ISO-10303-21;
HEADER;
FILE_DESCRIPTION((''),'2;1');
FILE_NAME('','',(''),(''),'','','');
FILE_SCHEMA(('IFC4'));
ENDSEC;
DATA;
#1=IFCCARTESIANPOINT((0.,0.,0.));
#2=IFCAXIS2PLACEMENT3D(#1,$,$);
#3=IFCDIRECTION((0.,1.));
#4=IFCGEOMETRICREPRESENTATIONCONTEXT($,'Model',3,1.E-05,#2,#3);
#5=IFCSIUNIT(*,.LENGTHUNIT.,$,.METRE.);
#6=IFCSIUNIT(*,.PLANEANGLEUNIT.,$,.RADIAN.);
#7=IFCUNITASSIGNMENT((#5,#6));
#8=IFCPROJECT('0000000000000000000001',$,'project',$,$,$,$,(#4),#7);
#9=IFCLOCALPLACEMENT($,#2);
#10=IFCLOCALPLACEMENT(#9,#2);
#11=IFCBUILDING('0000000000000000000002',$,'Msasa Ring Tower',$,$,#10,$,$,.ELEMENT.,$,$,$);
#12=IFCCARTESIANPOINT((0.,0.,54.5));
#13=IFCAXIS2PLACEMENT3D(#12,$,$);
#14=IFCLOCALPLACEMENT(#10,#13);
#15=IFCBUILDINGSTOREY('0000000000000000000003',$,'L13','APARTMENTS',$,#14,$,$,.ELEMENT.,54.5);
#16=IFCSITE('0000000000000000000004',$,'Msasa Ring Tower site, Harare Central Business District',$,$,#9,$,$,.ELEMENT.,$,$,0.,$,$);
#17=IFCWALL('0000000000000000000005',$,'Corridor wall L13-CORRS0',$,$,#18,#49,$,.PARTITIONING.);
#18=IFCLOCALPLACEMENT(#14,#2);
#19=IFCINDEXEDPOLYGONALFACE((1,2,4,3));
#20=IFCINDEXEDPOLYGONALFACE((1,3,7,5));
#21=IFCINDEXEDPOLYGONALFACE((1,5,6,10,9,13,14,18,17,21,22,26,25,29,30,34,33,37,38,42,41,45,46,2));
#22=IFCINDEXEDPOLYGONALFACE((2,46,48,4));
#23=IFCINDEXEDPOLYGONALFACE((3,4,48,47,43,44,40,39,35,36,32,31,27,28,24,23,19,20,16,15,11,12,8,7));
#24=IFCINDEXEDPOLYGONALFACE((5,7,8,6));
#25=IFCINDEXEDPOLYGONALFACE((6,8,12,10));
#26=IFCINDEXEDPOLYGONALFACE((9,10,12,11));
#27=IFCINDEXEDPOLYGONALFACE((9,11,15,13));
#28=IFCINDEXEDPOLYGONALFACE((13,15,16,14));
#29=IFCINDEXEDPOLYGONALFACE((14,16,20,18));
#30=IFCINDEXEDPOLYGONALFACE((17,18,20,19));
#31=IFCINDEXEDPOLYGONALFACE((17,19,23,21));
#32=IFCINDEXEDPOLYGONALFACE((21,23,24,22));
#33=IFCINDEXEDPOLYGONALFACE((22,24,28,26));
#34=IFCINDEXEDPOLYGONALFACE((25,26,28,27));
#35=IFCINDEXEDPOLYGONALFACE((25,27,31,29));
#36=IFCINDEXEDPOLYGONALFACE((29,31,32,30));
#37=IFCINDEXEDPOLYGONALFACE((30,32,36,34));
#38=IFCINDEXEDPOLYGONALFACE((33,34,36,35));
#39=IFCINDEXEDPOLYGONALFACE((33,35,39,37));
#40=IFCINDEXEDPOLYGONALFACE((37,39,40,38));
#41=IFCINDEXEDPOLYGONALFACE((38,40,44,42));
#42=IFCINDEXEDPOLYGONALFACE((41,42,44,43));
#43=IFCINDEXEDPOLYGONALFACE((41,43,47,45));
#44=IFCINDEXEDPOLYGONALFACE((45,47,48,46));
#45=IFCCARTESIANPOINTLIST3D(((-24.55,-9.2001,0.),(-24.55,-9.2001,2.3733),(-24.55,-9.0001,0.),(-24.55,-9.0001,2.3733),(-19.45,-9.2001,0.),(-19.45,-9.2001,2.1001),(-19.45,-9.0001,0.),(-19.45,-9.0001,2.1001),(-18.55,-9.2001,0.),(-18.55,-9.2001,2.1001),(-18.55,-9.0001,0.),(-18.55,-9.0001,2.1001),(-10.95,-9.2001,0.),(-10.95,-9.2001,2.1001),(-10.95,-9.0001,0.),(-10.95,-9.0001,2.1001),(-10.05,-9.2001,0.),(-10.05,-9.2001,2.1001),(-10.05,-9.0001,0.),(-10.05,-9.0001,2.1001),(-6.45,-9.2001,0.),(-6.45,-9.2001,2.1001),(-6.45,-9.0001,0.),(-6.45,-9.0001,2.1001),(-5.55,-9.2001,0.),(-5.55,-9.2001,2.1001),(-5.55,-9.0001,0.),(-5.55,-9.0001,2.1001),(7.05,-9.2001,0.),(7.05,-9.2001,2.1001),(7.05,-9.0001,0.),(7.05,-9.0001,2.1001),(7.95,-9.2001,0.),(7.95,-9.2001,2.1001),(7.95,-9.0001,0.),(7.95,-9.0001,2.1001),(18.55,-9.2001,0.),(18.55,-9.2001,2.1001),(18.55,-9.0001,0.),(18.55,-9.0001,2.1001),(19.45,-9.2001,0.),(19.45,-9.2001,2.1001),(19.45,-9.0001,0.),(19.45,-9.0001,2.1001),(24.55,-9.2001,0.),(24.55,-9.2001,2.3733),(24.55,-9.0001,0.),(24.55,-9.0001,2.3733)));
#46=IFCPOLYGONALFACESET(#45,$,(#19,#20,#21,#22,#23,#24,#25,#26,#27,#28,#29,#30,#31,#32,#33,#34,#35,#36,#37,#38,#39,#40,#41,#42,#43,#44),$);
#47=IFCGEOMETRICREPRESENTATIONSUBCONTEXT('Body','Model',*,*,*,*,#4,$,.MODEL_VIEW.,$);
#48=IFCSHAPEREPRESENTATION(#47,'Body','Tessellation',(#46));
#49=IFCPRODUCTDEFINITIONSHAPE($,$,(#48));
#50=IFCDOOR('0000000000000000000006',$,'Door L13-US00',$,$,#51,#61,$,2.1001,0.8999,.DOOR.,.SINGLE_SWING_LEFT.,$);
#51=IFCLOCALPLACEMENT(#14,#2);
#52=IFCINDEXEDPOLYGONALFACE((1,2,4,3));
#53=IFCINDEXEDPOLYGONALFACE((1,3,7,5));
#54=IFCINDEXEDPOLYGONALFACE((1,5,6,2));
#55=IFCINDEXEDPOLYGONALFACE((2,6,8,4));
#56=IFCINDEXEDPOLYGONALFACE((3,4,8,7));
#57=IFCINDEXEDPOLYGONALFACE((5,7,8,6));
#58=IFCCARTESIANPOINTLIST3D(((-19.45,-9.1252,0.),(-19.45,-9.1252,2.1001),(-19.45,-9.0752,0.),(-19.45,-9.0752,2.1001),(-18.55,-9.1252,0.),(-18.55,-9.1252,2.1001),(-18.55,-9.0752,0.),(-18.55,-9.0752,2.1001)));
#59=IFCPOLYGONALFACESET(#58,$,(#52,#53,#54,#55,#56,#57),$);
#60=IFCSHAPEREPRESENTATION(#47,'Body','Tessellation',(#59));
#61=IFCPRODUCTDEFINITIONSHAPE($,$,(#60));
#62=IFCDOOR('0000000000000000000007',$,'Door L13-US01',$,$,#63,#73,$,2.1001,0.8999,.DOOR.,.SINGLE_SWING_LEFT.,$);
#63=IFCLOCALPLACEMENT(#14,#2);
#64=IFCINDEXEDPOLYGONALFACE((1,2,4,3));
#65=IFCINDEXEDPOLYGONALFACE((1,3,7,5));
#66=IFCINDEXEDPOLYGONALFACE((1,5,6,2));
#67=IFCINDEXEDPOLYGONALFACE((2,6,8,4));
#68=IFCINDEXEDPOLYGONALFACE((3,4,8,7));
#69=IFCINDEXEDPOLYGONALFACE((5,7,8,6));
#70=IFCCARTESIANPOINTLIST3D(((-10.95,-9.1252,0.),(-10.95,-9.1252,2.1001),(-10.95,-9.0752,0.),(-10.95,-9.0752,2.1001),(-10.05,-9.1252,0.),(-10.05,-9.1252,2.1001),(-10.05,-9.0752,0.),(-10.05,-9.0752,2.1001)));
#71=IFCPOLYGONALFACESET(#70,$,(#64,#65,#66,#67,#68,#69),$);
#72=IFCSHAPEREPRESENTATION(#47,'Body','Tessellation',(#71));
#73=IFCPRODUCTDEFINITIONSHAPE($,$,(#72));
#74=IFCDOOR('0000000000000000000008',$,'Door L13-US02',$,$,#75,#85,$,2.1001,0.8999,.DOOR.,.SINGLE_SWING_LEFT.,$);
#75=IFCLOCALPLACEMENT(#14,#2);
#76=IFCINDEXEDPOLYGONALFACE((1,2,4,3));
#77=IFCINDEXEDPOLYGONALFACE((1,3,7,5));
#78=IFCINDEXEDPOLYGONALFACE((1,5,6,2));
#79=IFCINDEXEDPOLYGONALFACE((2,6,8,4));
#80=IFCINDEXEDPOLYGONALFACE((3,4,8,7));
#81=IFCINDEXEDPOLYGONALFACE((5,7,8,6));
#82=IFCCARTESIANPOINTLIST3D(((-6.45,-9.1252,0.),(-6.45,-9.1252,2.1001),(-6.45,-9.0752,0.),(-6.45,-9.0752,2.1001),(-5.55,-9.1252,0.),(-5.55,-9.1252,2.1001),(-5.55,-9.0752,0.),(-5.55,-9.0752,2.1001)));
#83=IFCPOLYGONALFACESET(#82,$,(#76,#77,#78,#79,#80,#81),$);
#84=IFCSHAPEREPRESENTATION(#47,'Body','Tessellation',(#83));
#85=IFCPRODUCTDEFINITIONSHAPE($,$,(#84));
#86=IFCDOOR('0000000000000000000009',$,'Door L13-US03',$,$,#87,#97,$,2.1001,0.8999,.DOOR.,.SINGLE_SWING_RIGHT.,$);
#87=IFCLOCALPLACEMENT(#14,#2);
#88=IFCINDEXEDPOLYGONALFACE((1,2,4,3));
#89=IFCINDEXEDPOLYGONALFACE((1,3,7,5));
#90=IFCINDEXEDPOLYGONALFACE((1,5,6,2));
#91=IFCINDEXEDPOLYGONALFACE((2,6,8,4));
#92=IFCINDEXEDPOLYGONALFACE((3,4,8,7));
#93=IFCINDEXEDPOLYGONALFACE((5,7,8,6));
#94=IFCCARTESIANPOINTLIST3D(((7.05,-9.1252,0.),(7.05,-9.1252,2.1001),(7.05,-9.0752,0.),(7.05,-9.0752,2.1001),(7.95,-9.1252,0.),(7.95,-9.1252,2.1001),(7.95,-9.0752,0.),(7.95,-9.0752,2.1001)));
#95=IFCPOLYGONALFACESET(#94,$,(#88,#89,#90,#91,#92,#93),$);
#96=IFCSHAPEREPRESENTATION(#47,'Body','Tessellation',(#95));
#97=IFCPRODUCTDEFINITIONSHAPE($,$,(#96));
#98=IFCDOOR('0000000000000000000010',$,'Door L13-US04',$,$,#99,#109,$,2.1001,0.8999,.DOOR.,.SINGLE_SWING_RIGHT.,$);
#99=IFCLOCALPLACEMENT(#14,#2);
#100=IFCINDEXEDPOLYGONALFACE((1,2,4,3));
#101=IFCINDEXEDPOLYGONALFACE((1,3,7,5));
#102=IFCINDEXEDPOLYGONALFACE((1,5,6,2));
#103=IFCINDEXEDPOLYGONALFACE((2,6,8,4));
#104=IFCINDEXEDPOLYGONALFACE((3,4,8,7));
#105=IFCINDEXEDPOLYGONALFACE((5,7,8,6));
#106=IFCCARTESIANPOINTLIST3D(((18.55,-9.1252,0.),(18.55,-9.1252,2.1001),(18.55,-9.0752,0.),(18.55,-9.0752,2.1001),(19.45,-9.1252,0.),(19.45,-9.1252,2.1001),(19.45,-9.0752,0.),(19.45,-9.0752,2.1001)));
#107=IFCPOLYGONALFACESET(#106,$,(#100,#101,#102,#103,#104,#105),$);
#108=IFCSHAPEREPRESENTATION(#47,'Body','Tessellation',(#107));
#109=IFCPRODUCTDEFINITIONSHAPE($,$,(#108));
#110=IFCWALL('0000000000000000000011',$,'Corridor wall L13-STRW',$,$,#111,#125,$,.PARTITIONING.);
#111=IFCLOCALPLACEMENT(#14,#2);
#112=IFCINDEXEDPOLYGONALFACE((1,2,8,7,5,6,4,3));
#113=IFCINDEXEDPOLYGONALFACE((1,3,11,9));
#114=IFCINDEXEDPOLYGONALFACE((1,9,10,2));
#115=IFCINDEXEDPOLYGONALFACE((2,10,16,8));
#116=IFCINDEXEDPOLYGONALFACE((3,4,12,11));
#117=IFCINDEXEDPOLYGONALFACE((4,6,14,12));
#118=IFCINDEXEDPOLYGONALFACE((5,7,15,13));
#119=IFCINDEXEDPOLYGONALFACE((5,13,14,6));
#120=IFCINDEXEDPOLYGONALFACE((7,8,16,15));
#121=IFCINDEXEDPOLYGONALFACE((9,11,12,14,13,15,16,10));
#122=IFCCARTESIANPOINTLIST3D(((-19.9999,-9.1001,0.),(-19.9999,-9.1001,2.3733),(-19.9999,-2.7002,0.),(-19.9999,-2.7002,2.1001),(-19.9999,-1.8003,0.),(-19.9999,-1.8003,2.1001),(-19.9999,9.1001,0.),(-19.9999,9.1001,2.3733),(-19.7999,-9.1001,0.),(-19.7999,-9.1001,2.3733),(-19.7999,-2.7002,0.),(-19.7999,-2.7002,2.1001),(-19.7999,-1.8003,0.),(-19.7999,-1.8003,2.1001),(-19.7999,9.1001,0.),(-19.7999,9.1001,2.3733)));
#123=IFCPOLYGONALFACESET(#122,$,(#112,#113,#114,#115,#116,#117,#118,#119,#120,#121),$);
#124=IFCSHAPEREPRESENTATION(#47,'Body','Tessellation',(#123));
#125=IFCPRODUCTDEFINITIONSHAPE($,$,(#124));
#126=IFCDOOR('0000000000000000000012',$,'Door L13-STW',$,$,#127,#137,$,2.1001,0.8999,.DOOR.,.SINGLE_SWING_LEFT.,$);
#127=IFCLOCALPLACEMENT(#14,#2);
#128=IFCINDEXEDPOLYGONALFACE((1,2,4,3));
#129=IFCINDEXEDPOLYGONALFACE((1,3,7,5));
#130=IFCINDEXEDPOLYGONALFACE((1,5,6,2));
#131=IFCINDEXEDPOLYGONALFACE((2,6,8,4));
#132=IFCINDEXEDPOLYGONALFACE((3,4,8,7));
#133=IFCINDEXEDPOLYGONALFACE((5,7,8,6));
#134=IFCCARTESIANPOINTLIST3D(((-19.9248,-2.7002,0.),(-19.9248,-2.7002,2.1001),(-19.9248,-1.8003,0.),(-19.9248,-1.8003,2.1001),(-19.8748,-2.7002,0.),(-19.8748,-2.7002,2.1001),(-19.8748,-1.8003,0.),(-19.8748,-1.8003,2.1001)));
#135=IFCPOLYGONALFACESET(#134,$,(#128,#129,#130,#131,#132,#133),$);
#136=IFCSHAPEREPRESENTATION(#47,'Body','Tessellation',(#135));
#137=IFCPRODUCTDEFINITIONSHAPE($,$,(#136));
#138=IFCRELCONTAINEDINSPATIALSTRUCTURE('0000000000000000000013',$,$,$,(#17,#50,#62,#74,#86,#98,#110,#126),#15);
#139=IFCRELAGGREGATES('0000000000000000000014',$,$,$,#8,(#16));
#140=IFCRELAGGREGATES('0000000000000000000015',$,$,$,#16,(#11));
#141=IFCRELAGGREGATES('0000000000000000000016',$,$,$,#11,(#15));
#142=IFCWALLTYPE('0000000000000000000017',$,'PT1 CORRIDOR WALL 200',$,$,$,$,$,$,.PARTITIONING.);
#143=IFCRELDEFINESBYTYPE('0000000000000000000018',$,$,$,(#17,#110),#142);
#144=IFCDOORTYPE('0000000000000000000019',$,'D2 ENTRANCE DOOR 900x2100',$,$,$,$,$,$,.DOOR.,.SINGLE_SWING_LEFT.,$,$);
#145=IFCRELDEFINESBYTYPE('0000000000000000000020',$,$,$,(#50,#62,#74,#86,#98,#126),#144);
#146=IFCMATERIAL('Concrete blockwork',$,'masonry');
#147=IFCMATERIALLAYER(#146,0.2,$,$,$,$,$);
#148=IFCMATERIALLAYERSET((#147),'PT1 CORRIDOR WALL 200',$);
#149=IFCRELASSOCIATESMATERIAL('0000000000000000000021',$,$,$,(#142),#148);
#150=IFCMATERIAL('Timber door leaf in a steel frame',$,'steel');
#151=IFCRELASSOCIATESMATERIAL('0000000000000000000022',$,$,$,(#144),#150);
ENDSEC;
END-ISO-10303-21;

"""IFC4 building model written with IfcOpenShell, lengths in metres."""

from ifc_helpers import new_model, si_unit, direction, frame, frame_2d, origin, place, context, subcontext, project, spatial, rectangle, extrude, material, layer, layer_set, type_object, element, fill, save


model = new_model("IFC4")

# Units and contexts
model_context = context("Model", 3, precision=1e-05, world=origin(), true_north=direction((0.0, 1.0)))
body_context = subcontext(model_context, "Body", "Model", "MODEL_VIEW")
ifc_project = project(units=[si_unit("LENGTHUNIT", "METRE"), si_unit("PLANEANGLEUNIT", "RADIAN")], contexts=[model_context])

# Site, building, storey
site_placement = place(None, origin())
site = spatial("IfcSite", under=ifc_project, at=site_placement, Name="Msasa Ring Tower site, Harare Central Business District", CompositionType="ELEMENT", RefElevation=0.0)
building_placement = place(site_placement, origin())
building = spatial("IfcBuilding", under=site, at=building_placement, Name="Msasa Ring Tower", CompositionType="ELEMENT")
storey_placement = place(building_placement, frame((0.0, 0.0, 54.5)))
storey = spatial("IfcBuildingStorey", under=building, at=storey_placement, Name="L13", Description="APARTMENTS", CompositionType="ELEMENT", Elevation=54.5)

# Wall, openings, doors
ifc_material_1 = material(Name="Concrete blockwork", Category="masonry")
ifc_layer_1 = layer(ifc_material_1, 0.2)
ifc_layer_set_1 = layer_set([ifc_layer_1], Name="PT1 CORRIDOR WALL 200")
wall_type_1 = type_object("IfcWallType", Name="PT1 CORRIDOR WALL 200", PredefinedType="PARTITIONING", material=ifc_layer_set_1)
wall_1_placement = place(storey_placement, frame((-24.55, -9.1001, 0.0), z_axis=(0.0, 0.0, 1.0), x_axis=(1.0, 0.0, 0.0)))
wall_1 = element("IfcWall", 1, at=wall_1_placement, inside=storey, type_object=wall_type_1, Name="Corridor wall L13-CORRS0", PredefinedType="PARTITIONING", context=body_context, shape_type="SweptSolid", body=[
    extrude(rectangle(XDim=49.1001, YDim=0.2, at=frame_2d((24.55, 0.0))), origin(), (0.0, 0.0, 1.0), 2.3733),
])
opening_1_placement = place(wall_1_placement, frame((5.1001, 0.0, 0.0)))
opening_1 = element("IfcOpeningElement", 2, at=opening_1_placement, cuts=wall_1, PredefinedType="OPENING", context=body_context, shape_type="SweptSolid", body=[
    extrude(rectangle(XDim=0.8999, YDim=2.1001, at=frame_2d((0.45, 1.05))), frame((0.0, 0.1099, 0.0), z_axis=(0.0, -1.0, 0.0), x_axis=(1.0, 0.0, 0.0)), (0.0, 0.0, 1.0), 0.22),
])
opening_2_placement = place(wall_1_placement, frame((13.6001, 0.0, 0.0)))
opening_2 = element("IfcOpeningElement", 3, at=opening_2_placement, cuts=wall_1, PredefinedType="OPENING", context=body_context, shape_type="SweptSolid", body=[
    extrude(rectangle(XDim=0.8999, YDim=2.1001, at=frame_2d((0.45, 1.05))), frame((0.0, 0.1099, 0.0), z_axis=(0.0, -1.0, 0.0), x_axis=(1.0, 0.0, 0.0)), (0.0, 0.0, 1.0), 0.22),
])
opening_3_placement = place(wall_1_placement, frame((18.1001, 0.0, 0.0)))
opening_3 = element("IfcOpeningElement", 4, at=opening_3_placement, cuts=wall_1, PredefinedType="OPENING", context=body_context, shape_type="SweptSolid", body=[
    extrude(rectangle(XDim=0.8999, YDim=2.1001, at=frame_2d((0.45, 1.05))), frame((0.0, 0.1099, 0.0), z_axis=(0.0, -1.0, 0.0), x_axis=(1.0, 0.0, 0.0)), (0.0, 0.0, 1.0), 0.22),
])
opening_4_placement = place(wall_1_placement, frame((31.6001, 0.0, 0.0)))
opening_4 = element("IfcOpeningElement", 5, at=opening_4_placement, cuts=wall_1, PredefinedType="OPENING", context=body_context, shape_type="SweptSolid", body=[
    extrude(rectangle(XDim=0.8999, YDim=2.1001, at=frame_2d((0.45, 1.05))), frame((0.0, 0.1099, 0.0), z_axis=(0.0, -1.0, 0.0), x_axis=(1.0, 0.0, 0.0)), (0.0, 0.0, 1.0), 0.22),
])
opening_5_placement = place(wall_1_placement, frame((43.1001, 0.0, 0.0)))
opening_5 = element("IfcOpeningElement", 6, at=opening_5_placement, cuts=wall_1, PredefinedType="OPENING", context=body_context, shape_type="SweptSolid", body=[
    extrude(rectangle(XDim=0.8999, YDim=2.1001, at=frame_2d((0.45, 1.05))), frame((0.0, 0.1099, 0.0), z_axis=(0.0, -1.0, 0.0), x_axis=(1.0, 0.0, 0.0)), (0.0, 0.0, 1.0), 0.22),
])
ifc_material_2 = material(Name="Timber door leaf in a steel frame", Category="steel")
door_type_1 = type_object("IfcDoorType", Name="D2 ENTRANCE DOOR 900x2100", OperationType="SINGLE_SWING_LEFT", PredefinedType="DOOR", material=ifc_material_2)
door_1_placement = place(opening_1_placement, origin())
door_1 = element("IfcDoor", 7, at=door_1_placement, inside=storey, type_object=door_type_1, Name="Door L13-US00", OperationType="SINGLE_SWING_LEFT", OverallHeight=2.1001, OverallWidth=0.8999, PredefinedType="DOOR", context=body_context, shape_type="SweptSolid", body=[
    extrude(rectangle(XDim=0.8999, YDim=2.1001, at=frame_2d((0.45, 1.05))), frame((0.0, 0.0249, 0.0), z_axis=(0.0, -1.0, 0.0), x_axis=(1.0, 0.0, 0.0)), (0.0, 0.0, 1.0), 0.05),
])
fill(opening_1, door_1)
door_2_placement = place(opening_2_placement, origin())
door_2 = element("IfcDoor", 8, at=door_2_placement, inside=storey, type_object=door_type_1, Name="Door L13-US01", OperationType="SINGLE_SWING_LEFT", OverallHeight=2.1001, OverallWidth=0.8999, PredefinedType="DOOR", context=body_context, shape_type="SweptSolid", body=[
    extrude(rectangle(XDim=0.8999, YDim=2.1001, at=frame_2d((0.45, 1.05))), frame((0.0, 0.0249, 0.0), z_axis=(0.0, -1.0, 0.0), x_axis=(1.0, 0.0, 0.0)), (0.0, 0.0, 1.0), 0.05),
])
fill(opening_2, door_2)
door_3_placement = place(opening_3_placement, origin())
door_3 = element("IfcDoor", 9, at=door_3_placement, inside=storey, type_object=door_type_1, Name="Door L13-US02", OperationType="SINGLE_SWING_LEFT", OverallHeight=2.1001, OverallWidth=0.8999, PredefinedType="DOOR", context=body_context, shape_type="SweptSolid", body=[
    extrude(rectangle(XDim=0.8999, YDim=2.1001, at=frame_2d((0.45, 1.05))), frame((0.0, 0.0249, 0.0), z_axis=(0.0, -1.0, 0.0), x_axis=(1.0, 0.0, 0.0)), (0.0, 0.0, 1.0), 0.05),
])
fill(opening_3, door_3)
door_4_placement = place(opening_4_placement, origin())
door_4 = element("IfcDoor", 10, at=door_4_placement, inside=storey, type_object=door_type_1, Name="Door L13-US03", OperationType="SINGLE_SWING_RIGHT", OverallHeight=2.1001, OverallWidth=0.8999, PredefinedType="DOOR", context=body_context, shape_type="SweptSolid", body=[
    extrude(rectangle(XDim=0.8999, YDim=2.1001, at=frame_2d((0.45, 1.05))), frame((0.0, 0.0249, 0.0), z_axis=(0.0, -1.0, 0.0), x_axis=(1.0, 0.0, 0.0)), (0.0, 0.0, 1.0), 0.05),
])
fill(opening_4, door_4)
door_5_placement = place(opening_5_placement, origin())
door_5 = element("IfcDoor", 11, at=door_5_placement, inside=storey, type_object=door_type_1, Name="Door L13-US04", OperationType="SINGLE_SWING_RIGHT", OverallHeight=2.1001, OverallWidth=0.8999, PredefinedType="DOOR", context=body_context, shape_type="SweptSolid", body=[
    extrude(rectangle(XDim=0.8999, YDim=2.1001, at=frame_2d((0.45, 1.05))), frame((0.0, 0.0249, 0.0), z_axis=(0.0, -1.0, 0.0), x_axis=(1.0, 0.0, 0.0)), (0.0, 0.0, 1.0), 0.05),
])
fill(opening_5, door_5)

# Wall, opening, door
wall_2_placement = place(storey_placement, frame((-19.8999, -9.1001, 0.0), z_axis=(0.0, 0.0, 1.0), x_axis=(0.0, 1.0, 0.0)))
wall_2 = element("IfcWall", 12, at=wall_2_placement, inside=storey, type_object=wall_type_1, Name="Corridor wall L13-STRW", PredefinedType="PARTITIONING", context=body_context, shape_type="SweptSolid", body=[
    extrude(rectangle(XDim=18.2002, YDim=0.2, at=frame_2d((9.1001, 0.0))), origin(), (0.0, 0.0, 1.0), 2.3733),
])
opening_6_placement = place(wall_2_placement, frame((6.3999, 0.0, 0.0)))
opening_6 = element("IfcOpeningElement", 13, at=opening_6_placement, cuts=wall_2, PredefinedType="OPENING", context=body_context, shape_type="SweptSolid", body=[
    extrude(rectangle(XDim=0.8999, YDim=2.1001, at=frame_2d((0.45, 1.05))), frame((0.0, 0.1099, 0.0), z_axis=(0.0, -1.0, 0.0), x_axis=(1.0, 0.0, 0.0)), (0.0, 0.0, 1.0), 0.22),
])
door_6_placement = place(opening_6_placement, origin())
door_6 = element("IfcDoor", 14, at=door_6_placement, inside=storey, type_object=door_type_1, Name="Door L13-STW", OperationType="SINGLE_SWING_LEFT", OverallHeight=2.1001, OverallWidth=0.8999, PredefinedType="DOOR", context=body_context, shape_type="SweptSolid", body=[
    extrude(rectangle(XDim=0.8999, YDim=2.1001, at=frame_2d((0.45, 1.05))), frame((0.0, 0.0249, 0.0), z_axis=(0.0, -1.0, 0.0), x_axis=(1.0, 0.0, 0.0)), (0.0, 0.0, 1.0), 0.05),
])
fill(opening_6, door_6)

save(model, "model.ifc")
